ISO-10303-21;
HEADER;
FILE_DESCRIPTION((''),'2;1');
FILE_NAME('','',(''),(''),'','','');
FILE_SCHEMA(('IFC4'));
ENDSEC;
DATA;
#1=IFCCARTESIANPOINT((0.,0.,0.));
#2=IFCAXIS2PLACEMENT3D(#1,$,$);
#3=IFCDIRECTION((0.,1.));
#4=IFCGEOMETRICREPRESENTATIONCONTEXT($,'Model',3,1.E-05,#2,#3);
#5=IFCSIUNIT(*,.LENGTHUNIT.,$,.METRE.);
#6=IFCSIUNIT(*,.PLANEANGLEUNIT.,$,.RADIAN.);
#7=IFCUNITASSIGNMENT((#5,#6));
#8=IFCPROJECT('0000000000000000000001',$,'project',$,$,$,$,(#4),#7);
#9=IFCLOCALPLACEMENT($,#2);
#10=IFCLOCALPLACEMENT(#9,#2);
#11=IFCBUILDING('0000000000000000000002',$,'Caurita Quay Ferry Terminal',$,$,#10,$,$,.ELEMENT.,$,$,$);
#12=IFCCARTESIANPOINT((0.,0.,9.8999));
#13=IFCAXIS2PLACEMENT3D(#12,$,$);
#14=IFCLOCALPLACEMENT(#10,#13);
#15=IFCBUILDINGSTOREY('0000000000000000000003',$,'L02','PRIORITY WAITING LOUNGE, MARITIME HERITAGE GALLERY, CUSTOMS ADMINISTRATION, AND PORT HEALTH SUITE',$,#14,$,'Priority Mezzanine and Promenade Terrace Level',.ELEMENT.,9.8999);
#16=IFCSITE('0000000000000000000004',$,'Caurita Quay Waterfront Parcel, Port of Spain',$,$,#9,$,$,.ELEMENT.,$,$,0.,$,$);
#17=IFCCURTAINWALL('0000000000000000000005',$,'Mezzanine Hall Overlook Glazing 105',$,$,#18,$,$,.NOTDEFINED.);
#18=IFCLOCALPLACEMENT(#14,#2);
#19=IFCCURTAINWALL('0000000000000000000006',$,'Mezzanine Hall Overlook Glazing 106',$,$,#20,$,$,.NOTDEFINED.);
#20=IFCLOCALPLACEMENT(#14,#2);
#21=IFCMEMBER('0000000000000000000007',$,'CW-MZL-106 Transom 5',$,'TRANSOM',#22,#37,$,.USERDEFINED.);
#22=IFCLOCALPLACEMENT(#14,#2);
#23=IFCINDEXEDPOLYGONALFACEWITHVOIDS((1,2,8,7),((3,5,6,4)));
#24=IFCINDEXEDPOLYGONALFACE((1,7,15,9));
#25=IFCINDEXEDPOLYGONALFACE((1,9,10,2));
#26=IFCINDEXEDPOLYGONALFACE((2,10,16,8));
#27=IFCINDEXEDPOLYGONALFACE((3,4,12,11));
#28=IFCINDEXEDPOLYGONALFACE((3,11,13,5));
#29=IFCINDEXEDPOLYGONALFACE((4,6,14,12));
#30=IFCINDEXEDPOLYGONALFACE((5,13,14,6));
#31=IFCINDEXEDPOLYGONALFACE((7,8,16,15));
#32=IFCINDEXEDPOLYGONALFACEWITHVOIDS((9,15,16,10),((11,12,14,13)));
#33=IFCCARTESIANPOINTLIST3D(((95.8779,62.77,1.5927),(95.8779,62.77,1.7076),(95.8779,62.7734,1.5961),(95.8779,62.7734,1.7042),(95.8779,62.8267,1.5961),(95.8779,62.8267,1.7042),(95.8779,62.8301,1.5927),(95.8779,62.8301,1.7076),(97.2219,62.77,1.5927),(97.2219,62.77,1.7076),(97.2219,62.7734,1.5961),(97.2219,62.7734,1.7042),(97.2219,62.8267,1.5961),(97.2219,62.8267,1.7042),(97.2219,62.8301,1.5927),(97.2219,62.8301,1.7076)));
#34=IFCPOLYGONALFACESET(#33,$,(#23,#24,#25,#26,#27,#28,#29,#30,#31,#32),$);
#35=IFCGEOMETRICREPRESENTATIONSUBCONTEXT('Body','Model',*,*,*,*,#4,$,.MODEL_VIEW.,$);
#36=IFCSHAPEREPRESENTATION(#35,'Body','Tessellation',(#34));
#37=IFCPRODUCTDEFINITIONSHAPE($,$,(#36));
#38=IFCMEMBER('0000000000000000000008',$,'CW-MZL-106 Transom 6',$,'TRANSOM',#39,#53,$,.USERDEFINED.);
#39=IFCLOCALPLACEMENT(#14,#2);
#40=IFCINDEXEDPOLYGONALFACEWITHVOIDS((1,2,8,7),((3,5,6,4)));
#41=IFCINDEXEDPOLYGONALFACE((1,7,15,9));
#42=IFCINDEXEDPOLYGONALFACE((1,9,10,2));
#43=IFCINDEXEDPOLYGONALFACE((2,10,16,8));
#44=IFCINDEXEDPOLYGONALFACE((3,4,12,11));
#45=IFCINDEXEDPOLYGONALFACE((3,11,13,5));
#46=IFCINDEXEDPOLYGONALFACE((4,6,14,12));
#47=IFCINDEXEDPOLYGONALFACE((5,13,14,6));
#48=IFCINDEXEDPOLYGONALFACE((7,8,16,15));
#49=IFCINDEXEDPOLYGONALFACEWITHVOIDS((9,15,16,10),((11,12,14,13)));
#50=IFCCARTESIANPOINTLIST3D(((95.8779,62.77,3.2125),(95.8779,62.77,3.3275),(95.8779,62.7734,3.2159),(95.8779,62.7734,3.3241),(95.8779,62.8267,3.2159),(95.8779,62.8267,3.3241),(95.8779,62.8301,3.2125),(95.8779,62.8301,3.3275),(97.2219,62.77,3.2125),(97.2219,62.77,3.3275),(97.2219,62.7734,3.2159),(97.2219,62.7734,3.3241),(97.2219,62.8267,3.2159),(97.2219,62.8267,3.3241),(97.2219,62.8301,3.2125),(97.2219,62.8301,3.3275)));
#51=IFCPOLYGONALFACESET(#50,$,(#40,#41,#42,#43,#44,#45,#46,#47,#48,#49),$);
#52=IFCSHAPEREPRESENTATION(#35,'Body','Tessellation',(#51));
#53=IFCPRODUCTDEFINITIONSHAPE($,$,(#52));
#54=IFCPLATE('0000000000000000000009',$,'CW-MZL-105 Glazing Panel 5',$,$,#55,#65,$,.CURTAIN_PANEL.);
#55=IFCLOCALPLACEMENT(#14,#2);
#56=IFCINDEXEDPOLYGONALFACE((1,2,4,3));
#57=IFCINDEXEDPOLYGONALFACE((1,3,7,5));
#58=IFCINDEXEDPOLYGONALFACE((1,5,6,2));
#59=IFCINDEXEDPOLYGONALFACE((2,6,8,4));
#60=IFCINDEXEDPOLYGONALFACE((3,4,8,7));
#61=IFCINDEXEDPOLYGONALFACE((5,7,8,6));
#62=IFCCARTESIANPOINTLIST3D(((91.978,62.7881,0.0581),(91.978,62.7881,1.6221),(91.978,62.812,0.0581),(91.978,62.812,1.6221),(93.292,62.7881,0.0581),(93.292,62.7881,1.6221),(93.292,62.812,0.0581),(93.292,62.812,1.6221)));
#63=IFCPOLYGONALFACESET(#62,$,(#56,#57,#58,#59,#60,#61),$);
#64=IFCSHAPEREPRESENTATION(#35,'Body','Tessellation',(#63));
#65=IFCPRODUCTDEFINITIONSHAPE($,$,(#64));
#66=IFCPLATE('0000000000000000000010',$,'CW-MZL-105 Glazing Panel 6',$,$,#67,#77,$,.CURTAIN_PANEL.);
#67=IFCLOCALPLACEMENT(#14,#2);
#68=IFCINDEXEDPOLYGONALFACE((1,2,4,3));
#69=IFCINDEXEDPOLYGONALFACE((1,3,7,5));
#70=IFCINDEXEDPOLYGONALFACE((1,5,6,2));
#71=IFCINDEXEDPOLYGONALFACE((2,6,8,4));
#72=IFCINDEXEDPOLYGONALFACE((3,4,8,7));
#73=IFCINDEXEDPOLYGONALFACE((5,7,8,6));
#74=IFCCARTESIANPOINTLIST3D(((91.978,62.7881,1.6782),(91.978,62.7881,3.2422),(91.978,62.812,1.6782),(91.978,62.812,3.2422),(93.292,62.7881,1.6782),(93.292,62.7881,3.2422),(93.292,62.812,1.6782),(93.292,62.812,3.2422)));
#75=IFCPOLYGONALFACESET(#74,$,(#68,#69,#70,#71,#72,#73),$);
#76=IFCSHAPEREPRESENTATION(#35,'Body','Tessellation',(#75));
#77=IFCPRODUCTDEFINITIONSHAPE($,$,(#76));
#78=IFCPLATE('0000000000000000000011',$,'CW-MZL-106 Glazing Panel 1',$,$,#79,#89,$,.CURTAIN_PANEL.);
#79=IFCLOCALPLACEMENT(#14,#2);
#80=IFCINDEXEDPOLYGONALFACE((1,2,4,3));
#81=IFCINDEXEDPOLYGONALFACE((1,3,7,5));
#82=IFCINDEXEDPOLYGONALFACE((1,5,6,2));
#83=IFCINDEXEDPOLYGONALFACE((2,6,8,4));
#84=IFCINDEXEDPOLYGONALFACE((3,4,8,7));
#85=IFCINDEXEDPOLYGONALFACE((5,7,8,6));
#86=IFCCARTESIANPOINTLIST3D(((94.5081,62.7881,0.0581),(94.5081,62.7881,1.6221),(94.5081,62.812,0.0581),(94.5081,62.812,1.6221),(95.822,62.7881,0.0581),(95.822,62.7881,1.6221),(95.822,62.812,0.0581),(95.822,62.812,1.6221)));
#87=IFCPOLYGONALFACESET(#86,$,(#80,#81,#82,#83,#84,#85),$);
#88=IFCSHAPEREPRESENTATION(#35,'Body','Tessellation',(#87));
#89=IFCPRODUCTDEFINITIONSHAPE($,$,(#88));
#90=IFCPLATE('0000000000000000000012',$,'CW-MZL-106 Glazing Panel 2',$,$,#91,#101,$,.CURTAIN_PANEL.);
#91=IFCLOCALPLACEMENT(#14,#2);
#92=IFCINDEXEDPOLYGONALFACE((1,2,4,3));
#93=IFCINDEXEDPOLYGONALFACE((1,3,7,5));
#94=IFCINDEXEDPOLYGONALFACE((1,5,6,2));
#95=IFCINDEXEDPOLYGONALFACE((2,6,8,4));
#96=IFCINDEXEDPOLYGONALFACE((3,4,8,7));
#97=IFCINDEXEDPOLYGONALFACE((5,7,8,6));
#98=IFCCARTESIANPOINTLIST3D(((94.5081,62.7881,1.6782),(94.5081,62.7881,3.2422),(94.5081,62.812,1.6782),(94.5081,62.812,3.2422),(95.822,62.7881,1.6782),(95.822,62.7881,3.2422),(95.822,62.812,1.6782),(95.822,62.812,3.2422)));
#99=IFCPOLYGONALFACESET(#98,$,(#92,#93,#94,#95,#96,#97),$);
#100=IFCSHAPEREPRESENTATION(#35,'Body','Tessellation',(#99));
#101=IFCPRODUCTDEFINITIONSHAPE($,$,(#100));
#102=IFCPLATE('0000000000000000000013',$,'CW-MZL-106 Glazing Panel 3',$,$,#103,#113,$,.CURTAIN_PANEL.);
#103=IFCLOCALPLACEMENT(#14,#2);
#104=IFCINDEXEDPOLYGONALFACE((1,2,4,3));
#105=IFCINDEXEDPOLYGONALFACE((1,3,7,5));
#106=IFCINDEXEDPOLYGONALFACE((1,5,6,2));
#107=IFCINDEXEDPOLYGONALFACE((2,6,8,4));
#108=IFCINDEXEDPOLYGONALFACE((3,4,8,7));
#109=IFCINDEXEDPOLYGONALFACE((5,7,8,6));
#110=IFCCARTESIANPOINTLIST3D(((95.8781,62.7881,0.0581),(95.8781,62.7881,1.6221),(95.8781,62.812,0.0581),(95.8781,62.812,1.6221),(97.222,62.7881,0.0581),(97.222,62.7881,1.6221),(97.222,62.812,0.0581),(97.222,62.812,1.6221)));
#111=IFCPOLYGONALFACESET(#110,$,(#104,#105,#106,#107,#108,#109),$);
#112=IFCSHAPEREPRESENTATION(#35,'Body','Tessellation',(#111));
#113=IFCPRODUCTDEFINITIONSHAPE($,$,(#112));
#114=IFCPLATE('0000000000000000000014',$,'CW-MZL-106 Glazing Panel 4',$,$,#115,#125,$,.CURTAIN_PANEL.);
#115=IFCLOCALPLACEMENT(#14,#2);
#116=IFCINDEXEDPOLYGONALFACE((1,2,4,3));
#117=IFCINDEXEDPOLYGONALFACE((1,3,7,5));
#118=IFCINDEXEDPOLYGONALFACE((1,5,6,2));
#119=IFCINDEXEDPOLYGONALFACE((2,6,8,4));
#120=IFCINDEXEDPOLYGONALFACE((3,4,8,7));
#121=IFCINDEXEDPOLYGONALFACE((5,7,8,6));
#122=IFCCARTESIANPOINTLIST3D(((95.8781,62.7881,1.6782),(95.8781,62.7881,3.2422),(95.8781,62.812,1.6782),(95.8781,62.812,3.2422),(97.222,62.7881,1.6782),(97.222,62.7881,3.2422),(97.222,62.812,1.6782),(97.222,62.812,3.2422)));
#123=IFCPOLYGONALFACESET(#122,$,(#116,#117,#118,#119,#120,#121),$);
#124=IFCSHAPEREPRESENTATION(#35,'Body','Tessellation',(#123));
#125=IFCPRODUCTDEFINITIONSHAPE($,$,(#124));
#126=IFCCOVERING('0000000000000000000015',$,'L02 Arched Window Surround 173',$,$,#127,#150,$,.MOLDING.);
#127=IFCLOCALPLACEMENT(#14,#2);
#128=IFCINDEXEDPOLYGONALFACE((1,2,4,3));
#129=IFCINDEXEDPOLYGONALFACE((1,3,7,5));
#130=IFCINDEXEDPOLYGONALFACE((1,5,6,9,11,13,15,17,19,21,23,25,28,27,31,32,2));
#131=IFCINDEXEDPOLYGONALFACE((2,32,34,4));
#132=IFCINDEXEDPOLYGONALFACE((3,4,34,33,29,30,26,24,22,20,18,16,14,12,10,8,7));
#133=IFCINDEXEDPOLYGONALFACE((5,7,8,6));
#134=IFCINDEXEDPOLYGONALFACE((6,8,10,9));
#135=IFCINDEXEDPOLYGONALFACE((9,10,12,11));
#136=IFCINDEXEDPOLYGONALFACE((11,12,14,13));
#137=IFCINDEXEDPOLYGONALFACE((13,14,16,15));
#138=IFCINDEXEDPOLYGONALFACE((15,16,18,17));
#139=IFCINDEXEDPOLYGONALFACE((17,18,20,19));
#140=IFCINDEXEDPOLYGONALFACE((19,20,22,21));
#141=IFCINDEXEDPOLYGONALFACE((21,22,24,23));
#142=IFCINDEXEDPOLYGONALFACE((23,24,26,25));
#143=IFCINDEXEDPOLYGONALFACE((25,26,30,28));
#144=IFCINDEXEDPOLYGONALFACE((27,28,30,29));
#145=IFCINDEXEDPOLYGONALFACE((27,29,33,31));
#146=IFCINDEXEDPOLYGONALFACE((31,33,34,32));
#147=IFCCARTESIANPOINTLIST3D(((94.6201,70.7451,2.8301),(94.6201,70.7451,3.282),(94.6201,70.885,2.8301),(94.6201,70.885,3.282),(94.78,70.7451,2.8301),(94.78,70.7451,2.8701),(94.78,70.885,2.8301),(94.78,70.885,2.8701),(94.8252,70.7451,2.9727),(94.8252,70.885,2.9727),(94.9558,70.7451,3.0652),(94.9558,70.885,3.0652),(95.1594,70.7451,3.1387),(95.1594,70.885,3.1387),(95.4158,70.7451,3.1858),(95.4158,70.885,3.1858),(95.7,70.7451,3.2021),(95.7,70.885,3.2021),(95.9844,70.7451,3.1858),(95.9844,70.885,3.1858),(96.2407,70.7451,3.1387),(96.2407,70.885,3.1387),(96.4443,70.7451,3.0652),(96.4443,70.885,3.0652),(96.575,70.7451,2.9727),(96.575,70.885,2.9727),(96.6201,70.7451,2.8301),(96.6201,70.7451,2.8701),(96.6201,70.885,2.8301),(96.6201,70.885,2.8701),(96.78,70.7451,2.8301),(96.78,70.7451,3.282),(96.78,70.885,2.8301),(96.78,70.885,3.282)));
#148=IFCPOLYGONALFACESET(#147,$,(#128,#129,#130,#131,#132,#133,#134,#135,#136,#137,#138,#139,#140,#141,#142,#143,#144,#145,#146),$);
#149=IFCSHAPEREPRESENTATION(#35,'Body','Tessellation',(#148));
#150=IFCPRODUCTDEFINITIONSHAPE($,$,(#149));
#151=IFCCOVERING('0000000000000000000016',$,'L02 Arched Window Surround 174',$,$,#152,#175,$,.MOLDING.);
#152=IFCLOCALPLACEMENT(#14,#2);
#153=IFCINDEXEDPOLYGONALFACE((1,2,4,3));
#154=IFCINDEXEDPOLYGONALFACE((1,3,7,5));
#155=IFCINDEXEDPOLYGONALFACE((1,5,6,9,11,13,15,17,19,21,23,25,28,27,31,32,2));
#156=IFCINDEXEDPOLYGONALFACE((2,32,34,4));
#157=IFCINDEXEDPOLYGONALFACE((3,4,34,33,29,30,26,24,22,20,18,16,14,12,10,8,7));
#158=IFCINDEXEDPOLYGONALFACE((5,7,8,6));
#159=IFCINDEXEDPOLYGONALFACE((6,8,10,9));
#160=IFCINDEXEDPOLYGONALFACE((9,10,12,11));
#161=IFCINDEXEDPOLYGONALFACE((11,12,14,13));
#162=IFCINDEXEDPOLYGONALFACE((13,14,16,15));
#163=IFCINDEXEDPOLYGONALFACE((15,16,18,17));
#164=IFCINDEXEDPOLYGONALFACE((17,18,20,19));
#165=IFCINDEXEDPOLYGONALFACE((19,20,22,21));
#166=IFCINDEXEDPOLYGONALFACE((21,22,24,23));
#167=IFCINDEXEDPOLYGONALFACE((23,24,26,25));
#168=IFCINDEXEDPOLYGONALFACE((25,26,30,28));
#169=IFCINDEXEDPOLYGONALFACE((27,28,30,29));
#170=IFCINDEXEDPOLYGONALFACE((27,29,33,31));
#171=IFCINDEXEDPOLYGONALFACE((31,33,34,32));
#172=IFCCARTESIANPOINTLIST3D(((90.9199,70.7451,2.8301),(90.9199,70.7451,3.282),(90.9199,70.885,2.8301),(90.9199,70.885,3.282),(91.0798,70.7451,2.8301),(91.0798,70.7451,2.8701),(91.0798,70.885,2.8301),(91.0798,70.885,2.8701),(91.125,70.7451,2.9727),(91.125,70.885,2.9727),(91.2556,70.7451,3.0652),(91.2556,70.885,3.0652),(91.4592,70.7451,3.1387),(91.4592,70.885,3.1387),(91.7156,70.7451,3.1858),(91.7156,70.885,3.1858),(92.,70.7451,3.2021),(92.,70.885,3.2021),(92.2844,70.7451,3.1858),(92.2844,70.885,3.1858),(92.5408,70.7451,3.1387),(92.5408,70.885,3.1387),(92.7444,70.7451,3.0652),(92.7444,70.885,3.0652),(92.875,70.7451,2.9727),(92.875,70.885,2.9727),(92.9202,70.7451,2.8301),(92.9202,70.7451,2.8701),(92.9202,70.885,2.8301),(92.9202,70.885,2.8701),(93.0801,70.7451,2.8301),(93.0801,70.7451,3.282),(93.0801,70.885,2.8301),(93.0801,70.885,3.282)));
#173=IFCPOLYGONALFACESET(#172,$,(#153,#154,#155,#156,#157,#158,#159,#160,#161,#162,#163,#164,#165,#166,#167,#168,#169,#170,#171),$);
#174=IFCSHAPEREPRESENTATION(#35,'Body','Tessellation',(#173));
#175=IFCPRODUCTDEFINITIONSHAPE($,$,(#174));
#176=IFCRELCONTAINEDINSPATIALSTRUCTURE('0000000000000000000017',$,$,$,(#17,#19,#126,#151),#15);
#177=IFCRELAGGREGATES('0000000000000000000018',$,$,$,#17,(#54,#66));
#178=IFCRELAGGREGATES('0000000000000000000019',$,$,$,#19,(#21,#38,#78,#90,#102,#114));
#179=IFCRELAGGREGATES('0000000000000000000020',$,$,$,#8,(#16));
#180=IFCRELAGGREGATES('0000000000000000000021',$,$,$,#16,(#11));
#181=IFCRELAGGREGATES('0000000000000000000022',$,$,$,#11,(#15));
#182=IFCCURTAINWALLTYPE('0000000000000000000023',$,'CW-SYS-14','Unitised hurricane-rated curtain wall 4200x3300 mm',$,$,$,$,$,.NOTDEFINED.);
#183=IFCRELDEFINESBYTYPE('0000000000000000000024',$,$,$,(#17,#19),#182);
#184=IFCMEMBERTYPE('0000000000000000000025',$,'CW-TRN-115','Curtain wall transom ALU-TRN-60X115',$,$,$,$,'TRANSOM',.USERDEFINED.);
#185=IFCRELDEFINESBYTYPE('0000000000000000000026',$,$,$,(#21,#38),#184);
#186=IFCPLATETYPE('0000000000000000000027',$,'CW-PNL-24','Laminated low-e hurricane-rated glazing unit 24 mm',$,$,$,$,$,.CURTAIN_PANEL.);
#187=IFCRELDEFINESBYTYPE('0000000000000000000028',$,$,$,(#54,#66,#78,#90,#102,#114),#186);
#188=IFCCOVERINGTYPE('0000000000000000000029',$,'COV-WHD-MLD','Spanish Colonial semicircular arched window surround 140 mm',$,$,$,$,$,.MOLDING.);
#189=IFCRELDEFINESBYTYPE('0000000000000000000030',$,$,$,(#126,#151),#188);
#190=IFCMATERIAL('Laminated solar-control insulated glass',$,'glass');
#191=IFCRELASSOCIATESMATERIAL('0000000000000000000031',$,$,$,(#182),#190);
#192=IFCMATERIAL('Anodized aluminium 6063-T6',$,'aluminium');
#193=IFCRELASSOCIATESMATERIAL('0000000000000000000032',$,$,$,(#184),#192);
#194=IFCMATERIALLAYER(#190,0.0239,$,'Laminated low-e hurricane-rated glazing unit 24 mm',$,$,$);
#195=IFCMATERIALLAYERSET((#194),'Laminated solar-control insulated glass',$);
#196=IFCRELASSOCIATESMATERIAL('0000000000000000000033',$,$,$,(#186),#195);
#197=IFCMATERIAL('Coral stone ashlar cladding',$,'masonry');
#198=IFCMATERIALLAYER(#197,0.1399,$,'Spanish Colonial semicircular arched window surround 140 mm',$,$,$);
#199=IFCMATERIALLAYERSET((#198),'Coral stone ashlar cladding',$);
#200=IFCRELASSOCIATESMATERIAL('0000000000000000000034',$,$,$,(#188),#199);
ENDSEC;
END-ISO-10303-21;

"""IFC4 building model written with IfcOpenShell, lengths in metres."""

from ifc_helpers import new_model, si_unit, direction, frame, origin, origin_2d, place, context, subcontext, project, spatial, polyline, rectangle, hollow_rectangle, outline, extrude, material, layer, layer_set, material_profile, profile_set, type_object, element, aggregate, save


model = new_model("IFC4")

# Units and contexts
model_context = context("Model", 3, precision=1e-05, world=origin(), true_north=direction((0.0, 1.0)))
body_context = subcontext(model_context, "Body", "Model", "MODEL_VIEW")
ifc_project = project(units=[si_unit("LENGTHUNIT", "METRE"), si_unit("PLANEANGLEUNIT", "RADIAN")], contexts=[model_context])

# Site, building, storey
site_placement = place(None, origin())
site = spatial("IfcSite", under=ifc_project, at=site_placement, Name="Caurita Quay Waterfront Parcel, Port of Spain", CompositionType="ELEMENT", RefElevation=0.0)
building_placement = place(site_placement, origin())
building = spatial("IfcBuilding", under=site, at=building_placement, Name="Caurita Quay Ferry Terminal", CompositionType="ELEMENT")
storey_placement = place(building_placement, frame((0.0, 0.0, 9.8999)))
storey = spatial("IfcBuildingStorey", under=building, at=storey_placement, Name="L02", Description="PRIORITY WAITING LOUNGE, MARITIME HERITAGE GALLERY, CUSTOMS ADMINISTRATION, AND PORT HEALTH SUITE", LongName="Priority Mezzanine and Promenade Terrace Level", CompositionType="ELEMENT", Elevation=9.8999)

# Curtain walls
ifc_material_1 = material(Name="Laminated solar-control insulated glass", Category="glass")
curtain_wall_type = type_object("IfcCurtainWallType", Name="CW-SYS-14", Description="Unitised hurricane-rated curtain wall 4200x3300 mm", PredefinedType="NOTDEFINED", material=ifc_material_1)
curtain_wall_1_placement = place(storey_placement, origin())
curtain_wall_1 = element("IfcCurtainWall", 1, at=curtain_wall_1_placement, inside=storey, type_object=curtain_wall_type, Name="Mezzanine Hall Overlook Glazing 105", PredefinedType="NOTDEFINED")
ifc_material_2 = material(Name="Anodized aluminium 6063-T6", Category="aluminium")
curtain_wall_2_placement = place(storey_placement, origin())
curtain_wall_2 = element("IfcCurtainWall", 2, at=curtain_wall_2_placement, inside=storey, type_object=curtain_wall_type, Name="Mezzanine Hall Overlook Glazing 106", PredefinedType="NOTDEFINED")

# Members
ifc_material_profile_1 = material_profile(ifc_material_2, hollow_rectangle(XDim=0.0601, YDim=0.115, WallThickness=0.0034, at=origin_2d()), Name="ALU-TRN-60X115")
ifc_profile_set_1 = profile_set([ifc_material_profile_1], Name="Anodized aluminium 6063-T6")
member_type_1 = type_object("IfcMemberType", Name="CW-TRN-115", Description="Curtain wall transom ALU-TRN-60X115", ElementType="TRANSOM", PredefinedType="USERDEFINED", material=ifc_profile_set_1)
member_1_placement = place(storey_placement, frame((95.8779, 62.8, 1.6501), z_axis=(1.0, 0.0, 0.0), x_axis=(0.0, 1.0, 0.0)))
member_1 = element("IfcMember", 3, at=member_1_placement, type_object=member_type_1, Name="CW-MZL-106 Transom 5", ObjectType="TRANSOM", PredefinedType="USERDEFINED", context=body_context, shape_type="SweptSolid", body=[
    extrude(hollow_rectangle(XDim=0.0601, YDim=0.115, WallThickness=0.0034, at=origin_2d()), origin(), (0.0, 0.0, 1.0), 1.344),
])
member_2_placement = place(storey_placement, frame((95.8779, 62.8, 3.27), z_axis=(1.0, 0.0, 0.0), x_axis=(0.0, 1.0, 0.0)))
member_2 = element("IfcMember", 4, at=member_2_placement, type_object=member_type_1, Name="CW-MZL-106 Transom 6", ObjectType="TRANSOM", PredefinedType="USERDEFINED", context=body_context, shape_type="SweptSolid", body=[
    extrude(hollow_rectangle(XDim=0.0601, YDim=0.115, WallThickness=0.0034, at=origin_2d()), origin(), (0.0, 0.0, 1.0), 1.344),
])

# Plates
ifc_layer_1 = layer(ifc_material_1, 0.0239, Name="Laminated low-e hurricane-rated glazing unit 24 mm")
ifc_layer_set_1 = layer_set([ifc_layer_1], Name="Laminated solar-control insulated glass")
plate_type = type_object("IfcPlateType", Name="CW-PNL-24", Description="Laminated low-e hurricane-rated glazing unit 24 mm", PredefinedType="CURTAIN_PANEL", material=ifc_layer_set_1)
plate_1_placement = place(storey_placement, frame((92.635, 62.8, 0.0581), z_axis=(0.0, 0.0, 1.0), x_axis=(1.0, 0.0, 0.0)))
plate_1 = element("IfcPlate", 5, at=plate_1_placement, type_object=plate_type, Name="CW-MZL-105 Glazing Panel 5", PredefinedType="CURTAIN_PANEL", context=body_context, shape_type="SweptSolid", body=[
    extrude(rectangle(XDim=1.314, YDim=0.0239, at=origin_2d()), origin(), (0.0, 0.0, 1.0), 1.564),
])
plate_2_placement = place(storey_placement, frame((92.635, 62.8, 1.6782), z_axis=(0.0, 0.0, 1.0), x_axis=(1.0, 0.0, 0.0)))
plate_2 = element("IfcPlate", 6, at=plate_2_placement, type_object=plate_type, Name="CW-MZL-105 Glazing Panel 6", PredefinedType="CURTAIN_PANEL", context=body_context, shape_type="SweptSolid", body=[
    extrude(rectangle(XDim=1.314, YDim=0.0239, at=origin_2d()), origin(), (0.0, 0.0, 1.0), 1.564),
])
aggregate(curtain_wall_1, [plate_1, plate_2])
plate_3_placement = place(storey_placement, frame((95.165, 62.8, 0.0581), z_axis=(0.0, 0.0, 1.0), x_axis=(1.0, 0.0, 0.0)))
plate_3 = element("IfcPlate", 7, at=plate_3_placement, type_object=plate_type, Name="CW-MZL-106 Glazing Panel 1", PredefinedType="CURTAIN_PANEL", context=body_context, shape_type="SweptSolid", body=[
    extrude(rectangle(XDim=1.314, YDim=0.0239, at=origin_2d()), origin(), (0.0, 0.0, 1.0), 1.564),
])
plate_4_placement = place(storey_placement, frame((95.165, 62.8, 1.6782), z_axis=(0.0, 0.0, 1.0), x_axis=(1.0, 0.0, 0.0)))
plate_4 = element("IfcPlate", 8, at=plate_4_placement, type_object=plate_type, Name="CW-MZL-106 Glazing Panel 2", PredefinedType="CURTAIN_PANEL", context=body_context, shape_type="SweptSolid", body=[
    extrude(rectangle(XDim=1.314, YDim=0.0239, at=origin_2d()), origin(), (0.0, 0.0, 1.0), 1.564),
])
plate_5_placement = place(storey_placement, frame((96.55, 62.8, 0.0581), z_axis=(0.0, 0.0, 1.0), x_axis=(1.0, 0.0, 0.0)))
plate_5 = element("IfcPlate", 9, at=plate_5_placement, type_object=plate_type, Name="CW-MZL-106 Glazing Panel 3", PredefinedType="CURTAIN_PANEL", context=body_context, shape_type="SweptSolid", body=[
    extrude(rectangle(XDim=1.344, YDim=0.0239, at=origin_2d()), origin(), (0.0, 0.0, 1.0), 1.564),
])
plate_6_placement = place(storey_placement, frame((96.55, 62.8, 1.6782), z_axis=(0.0, 0.0, 1.0), x_axis=(1.0, 0.0, 0.0)))
plate_6 = element("IfcPlate", 10, at=plate_6_placement, type_object=plate_type, Name="CW-MZL-106 Glazing Panel 4", PredefinedType="CURTAIN_PANEL", context=body_context, shape_type="SweptSolid", body=[
    extrude(rectangle(XDim=1.344, YDim=0.0239, at=origin_2d()), origin(), (0.0, 0.0, 1.0), 1.564),
])
aggregate(curtain_wall_2, [member_1, member_2, plate_3, plate_4, plate_5, plate_6])

# Coverings
ifc_material_3 = material(Name="Coral stone ashlar cladding", Category="masonry")
ifc_layer_2 = layer(ifc_material_3, 0.1399, Name="Spanish Colonial semicircular arched window surround 140 mm")
ifc_layer_set_2 = layer_set([ifc_layer_2], Name="Coral stone ashlar cladding")
covering_type = type_object("IfcCoveringType", Name="COV-WHD-MLD", Description="Spanish Colonial semicircular arched window surround 140 mm", PredefinedType="MOLDING", material=ifc_layer_set_2)
covering_1_placement = place(storey_placement, frame((96.78, 70.8149, 2.8301), z_axis=(0.0, 0.0, 1.0), x_axis=(-1.0, 0.0, 0.0)))
element("IfcCovering", 11, at=covering_1_placement, inside=storey, type_object=covering_type, Name="L02 Arched Window Surround 173", PredefinedType="MOLDING", context=body_context, shape_type="SweptSolid", body=[
    extrude(outline(polyline([(0.0, 0.0), (0.1599, 0.0), (0.1599, 0.04), (0.2051, 0.1426), (0.3357, 0.2351), (0.5393, 0.3086), (0.7957, 0.3557), (1.0801, 0.3721), (1.3643, 0.3557), (1.6206, 0.3086), (1.8242, 0.2351), (1.9548, 0.1426), (2.0, 0.04), (2.0, 0.0), (2.1599, 0.0), (2.1599, 0.4519), (0.0, 0.4519), (0.0, 0.0)])), frame((0.0, 0.0698, 0.0), z_axis=(0.0, -1.0, 0.0), x_axis=(1.0, 0.0, 0.0)), (0.0, 0.0, 1.0), 0.1399),
])
covering_2_placement = place(storey_placement, frame((93.0801, 70.8149, 2.8301), z_axis=(0.0, 0.0, 1.0), x_axis=(-1.0, 0.0, 0.0)))
element("IfcCovering", 12, at=covering_2_placement, inside=storey, type_object=covering_type, Name="L02 Arched Window Surround 174", PredefinedType="MOLDING", context=body_context, shape_type="SweptSolid", body=[
    extrude(outline(polyline([(0.0, 0.0), (0.1599, 0.0), (0.1599, 0.04), (0.2051, 0.1426), (0.3357, 0.2351), (0.5393, 0.3086), (0.7957, 0.3557), (1.0801, 0.3721), (1.3645, 0.3557), (1.6208, 0.3086), (1.8245, 0.2351), (1.9551, 0.1426), (2.0002, 0.04), (2.0002, 0.0), (2.1602, 0.0), (2.1602, 0.4519), (0.0, 0.4519), (0.0, 0.0)])), frame((0.0, 0.0698, 0.0), z_axis=(0.0, -1.0, 0.0), x_axis=(1.0, 0.0, 0.0)), (0.0, 0.0, 1.0), 0.1399),
])

save(model, "model.ifc")
